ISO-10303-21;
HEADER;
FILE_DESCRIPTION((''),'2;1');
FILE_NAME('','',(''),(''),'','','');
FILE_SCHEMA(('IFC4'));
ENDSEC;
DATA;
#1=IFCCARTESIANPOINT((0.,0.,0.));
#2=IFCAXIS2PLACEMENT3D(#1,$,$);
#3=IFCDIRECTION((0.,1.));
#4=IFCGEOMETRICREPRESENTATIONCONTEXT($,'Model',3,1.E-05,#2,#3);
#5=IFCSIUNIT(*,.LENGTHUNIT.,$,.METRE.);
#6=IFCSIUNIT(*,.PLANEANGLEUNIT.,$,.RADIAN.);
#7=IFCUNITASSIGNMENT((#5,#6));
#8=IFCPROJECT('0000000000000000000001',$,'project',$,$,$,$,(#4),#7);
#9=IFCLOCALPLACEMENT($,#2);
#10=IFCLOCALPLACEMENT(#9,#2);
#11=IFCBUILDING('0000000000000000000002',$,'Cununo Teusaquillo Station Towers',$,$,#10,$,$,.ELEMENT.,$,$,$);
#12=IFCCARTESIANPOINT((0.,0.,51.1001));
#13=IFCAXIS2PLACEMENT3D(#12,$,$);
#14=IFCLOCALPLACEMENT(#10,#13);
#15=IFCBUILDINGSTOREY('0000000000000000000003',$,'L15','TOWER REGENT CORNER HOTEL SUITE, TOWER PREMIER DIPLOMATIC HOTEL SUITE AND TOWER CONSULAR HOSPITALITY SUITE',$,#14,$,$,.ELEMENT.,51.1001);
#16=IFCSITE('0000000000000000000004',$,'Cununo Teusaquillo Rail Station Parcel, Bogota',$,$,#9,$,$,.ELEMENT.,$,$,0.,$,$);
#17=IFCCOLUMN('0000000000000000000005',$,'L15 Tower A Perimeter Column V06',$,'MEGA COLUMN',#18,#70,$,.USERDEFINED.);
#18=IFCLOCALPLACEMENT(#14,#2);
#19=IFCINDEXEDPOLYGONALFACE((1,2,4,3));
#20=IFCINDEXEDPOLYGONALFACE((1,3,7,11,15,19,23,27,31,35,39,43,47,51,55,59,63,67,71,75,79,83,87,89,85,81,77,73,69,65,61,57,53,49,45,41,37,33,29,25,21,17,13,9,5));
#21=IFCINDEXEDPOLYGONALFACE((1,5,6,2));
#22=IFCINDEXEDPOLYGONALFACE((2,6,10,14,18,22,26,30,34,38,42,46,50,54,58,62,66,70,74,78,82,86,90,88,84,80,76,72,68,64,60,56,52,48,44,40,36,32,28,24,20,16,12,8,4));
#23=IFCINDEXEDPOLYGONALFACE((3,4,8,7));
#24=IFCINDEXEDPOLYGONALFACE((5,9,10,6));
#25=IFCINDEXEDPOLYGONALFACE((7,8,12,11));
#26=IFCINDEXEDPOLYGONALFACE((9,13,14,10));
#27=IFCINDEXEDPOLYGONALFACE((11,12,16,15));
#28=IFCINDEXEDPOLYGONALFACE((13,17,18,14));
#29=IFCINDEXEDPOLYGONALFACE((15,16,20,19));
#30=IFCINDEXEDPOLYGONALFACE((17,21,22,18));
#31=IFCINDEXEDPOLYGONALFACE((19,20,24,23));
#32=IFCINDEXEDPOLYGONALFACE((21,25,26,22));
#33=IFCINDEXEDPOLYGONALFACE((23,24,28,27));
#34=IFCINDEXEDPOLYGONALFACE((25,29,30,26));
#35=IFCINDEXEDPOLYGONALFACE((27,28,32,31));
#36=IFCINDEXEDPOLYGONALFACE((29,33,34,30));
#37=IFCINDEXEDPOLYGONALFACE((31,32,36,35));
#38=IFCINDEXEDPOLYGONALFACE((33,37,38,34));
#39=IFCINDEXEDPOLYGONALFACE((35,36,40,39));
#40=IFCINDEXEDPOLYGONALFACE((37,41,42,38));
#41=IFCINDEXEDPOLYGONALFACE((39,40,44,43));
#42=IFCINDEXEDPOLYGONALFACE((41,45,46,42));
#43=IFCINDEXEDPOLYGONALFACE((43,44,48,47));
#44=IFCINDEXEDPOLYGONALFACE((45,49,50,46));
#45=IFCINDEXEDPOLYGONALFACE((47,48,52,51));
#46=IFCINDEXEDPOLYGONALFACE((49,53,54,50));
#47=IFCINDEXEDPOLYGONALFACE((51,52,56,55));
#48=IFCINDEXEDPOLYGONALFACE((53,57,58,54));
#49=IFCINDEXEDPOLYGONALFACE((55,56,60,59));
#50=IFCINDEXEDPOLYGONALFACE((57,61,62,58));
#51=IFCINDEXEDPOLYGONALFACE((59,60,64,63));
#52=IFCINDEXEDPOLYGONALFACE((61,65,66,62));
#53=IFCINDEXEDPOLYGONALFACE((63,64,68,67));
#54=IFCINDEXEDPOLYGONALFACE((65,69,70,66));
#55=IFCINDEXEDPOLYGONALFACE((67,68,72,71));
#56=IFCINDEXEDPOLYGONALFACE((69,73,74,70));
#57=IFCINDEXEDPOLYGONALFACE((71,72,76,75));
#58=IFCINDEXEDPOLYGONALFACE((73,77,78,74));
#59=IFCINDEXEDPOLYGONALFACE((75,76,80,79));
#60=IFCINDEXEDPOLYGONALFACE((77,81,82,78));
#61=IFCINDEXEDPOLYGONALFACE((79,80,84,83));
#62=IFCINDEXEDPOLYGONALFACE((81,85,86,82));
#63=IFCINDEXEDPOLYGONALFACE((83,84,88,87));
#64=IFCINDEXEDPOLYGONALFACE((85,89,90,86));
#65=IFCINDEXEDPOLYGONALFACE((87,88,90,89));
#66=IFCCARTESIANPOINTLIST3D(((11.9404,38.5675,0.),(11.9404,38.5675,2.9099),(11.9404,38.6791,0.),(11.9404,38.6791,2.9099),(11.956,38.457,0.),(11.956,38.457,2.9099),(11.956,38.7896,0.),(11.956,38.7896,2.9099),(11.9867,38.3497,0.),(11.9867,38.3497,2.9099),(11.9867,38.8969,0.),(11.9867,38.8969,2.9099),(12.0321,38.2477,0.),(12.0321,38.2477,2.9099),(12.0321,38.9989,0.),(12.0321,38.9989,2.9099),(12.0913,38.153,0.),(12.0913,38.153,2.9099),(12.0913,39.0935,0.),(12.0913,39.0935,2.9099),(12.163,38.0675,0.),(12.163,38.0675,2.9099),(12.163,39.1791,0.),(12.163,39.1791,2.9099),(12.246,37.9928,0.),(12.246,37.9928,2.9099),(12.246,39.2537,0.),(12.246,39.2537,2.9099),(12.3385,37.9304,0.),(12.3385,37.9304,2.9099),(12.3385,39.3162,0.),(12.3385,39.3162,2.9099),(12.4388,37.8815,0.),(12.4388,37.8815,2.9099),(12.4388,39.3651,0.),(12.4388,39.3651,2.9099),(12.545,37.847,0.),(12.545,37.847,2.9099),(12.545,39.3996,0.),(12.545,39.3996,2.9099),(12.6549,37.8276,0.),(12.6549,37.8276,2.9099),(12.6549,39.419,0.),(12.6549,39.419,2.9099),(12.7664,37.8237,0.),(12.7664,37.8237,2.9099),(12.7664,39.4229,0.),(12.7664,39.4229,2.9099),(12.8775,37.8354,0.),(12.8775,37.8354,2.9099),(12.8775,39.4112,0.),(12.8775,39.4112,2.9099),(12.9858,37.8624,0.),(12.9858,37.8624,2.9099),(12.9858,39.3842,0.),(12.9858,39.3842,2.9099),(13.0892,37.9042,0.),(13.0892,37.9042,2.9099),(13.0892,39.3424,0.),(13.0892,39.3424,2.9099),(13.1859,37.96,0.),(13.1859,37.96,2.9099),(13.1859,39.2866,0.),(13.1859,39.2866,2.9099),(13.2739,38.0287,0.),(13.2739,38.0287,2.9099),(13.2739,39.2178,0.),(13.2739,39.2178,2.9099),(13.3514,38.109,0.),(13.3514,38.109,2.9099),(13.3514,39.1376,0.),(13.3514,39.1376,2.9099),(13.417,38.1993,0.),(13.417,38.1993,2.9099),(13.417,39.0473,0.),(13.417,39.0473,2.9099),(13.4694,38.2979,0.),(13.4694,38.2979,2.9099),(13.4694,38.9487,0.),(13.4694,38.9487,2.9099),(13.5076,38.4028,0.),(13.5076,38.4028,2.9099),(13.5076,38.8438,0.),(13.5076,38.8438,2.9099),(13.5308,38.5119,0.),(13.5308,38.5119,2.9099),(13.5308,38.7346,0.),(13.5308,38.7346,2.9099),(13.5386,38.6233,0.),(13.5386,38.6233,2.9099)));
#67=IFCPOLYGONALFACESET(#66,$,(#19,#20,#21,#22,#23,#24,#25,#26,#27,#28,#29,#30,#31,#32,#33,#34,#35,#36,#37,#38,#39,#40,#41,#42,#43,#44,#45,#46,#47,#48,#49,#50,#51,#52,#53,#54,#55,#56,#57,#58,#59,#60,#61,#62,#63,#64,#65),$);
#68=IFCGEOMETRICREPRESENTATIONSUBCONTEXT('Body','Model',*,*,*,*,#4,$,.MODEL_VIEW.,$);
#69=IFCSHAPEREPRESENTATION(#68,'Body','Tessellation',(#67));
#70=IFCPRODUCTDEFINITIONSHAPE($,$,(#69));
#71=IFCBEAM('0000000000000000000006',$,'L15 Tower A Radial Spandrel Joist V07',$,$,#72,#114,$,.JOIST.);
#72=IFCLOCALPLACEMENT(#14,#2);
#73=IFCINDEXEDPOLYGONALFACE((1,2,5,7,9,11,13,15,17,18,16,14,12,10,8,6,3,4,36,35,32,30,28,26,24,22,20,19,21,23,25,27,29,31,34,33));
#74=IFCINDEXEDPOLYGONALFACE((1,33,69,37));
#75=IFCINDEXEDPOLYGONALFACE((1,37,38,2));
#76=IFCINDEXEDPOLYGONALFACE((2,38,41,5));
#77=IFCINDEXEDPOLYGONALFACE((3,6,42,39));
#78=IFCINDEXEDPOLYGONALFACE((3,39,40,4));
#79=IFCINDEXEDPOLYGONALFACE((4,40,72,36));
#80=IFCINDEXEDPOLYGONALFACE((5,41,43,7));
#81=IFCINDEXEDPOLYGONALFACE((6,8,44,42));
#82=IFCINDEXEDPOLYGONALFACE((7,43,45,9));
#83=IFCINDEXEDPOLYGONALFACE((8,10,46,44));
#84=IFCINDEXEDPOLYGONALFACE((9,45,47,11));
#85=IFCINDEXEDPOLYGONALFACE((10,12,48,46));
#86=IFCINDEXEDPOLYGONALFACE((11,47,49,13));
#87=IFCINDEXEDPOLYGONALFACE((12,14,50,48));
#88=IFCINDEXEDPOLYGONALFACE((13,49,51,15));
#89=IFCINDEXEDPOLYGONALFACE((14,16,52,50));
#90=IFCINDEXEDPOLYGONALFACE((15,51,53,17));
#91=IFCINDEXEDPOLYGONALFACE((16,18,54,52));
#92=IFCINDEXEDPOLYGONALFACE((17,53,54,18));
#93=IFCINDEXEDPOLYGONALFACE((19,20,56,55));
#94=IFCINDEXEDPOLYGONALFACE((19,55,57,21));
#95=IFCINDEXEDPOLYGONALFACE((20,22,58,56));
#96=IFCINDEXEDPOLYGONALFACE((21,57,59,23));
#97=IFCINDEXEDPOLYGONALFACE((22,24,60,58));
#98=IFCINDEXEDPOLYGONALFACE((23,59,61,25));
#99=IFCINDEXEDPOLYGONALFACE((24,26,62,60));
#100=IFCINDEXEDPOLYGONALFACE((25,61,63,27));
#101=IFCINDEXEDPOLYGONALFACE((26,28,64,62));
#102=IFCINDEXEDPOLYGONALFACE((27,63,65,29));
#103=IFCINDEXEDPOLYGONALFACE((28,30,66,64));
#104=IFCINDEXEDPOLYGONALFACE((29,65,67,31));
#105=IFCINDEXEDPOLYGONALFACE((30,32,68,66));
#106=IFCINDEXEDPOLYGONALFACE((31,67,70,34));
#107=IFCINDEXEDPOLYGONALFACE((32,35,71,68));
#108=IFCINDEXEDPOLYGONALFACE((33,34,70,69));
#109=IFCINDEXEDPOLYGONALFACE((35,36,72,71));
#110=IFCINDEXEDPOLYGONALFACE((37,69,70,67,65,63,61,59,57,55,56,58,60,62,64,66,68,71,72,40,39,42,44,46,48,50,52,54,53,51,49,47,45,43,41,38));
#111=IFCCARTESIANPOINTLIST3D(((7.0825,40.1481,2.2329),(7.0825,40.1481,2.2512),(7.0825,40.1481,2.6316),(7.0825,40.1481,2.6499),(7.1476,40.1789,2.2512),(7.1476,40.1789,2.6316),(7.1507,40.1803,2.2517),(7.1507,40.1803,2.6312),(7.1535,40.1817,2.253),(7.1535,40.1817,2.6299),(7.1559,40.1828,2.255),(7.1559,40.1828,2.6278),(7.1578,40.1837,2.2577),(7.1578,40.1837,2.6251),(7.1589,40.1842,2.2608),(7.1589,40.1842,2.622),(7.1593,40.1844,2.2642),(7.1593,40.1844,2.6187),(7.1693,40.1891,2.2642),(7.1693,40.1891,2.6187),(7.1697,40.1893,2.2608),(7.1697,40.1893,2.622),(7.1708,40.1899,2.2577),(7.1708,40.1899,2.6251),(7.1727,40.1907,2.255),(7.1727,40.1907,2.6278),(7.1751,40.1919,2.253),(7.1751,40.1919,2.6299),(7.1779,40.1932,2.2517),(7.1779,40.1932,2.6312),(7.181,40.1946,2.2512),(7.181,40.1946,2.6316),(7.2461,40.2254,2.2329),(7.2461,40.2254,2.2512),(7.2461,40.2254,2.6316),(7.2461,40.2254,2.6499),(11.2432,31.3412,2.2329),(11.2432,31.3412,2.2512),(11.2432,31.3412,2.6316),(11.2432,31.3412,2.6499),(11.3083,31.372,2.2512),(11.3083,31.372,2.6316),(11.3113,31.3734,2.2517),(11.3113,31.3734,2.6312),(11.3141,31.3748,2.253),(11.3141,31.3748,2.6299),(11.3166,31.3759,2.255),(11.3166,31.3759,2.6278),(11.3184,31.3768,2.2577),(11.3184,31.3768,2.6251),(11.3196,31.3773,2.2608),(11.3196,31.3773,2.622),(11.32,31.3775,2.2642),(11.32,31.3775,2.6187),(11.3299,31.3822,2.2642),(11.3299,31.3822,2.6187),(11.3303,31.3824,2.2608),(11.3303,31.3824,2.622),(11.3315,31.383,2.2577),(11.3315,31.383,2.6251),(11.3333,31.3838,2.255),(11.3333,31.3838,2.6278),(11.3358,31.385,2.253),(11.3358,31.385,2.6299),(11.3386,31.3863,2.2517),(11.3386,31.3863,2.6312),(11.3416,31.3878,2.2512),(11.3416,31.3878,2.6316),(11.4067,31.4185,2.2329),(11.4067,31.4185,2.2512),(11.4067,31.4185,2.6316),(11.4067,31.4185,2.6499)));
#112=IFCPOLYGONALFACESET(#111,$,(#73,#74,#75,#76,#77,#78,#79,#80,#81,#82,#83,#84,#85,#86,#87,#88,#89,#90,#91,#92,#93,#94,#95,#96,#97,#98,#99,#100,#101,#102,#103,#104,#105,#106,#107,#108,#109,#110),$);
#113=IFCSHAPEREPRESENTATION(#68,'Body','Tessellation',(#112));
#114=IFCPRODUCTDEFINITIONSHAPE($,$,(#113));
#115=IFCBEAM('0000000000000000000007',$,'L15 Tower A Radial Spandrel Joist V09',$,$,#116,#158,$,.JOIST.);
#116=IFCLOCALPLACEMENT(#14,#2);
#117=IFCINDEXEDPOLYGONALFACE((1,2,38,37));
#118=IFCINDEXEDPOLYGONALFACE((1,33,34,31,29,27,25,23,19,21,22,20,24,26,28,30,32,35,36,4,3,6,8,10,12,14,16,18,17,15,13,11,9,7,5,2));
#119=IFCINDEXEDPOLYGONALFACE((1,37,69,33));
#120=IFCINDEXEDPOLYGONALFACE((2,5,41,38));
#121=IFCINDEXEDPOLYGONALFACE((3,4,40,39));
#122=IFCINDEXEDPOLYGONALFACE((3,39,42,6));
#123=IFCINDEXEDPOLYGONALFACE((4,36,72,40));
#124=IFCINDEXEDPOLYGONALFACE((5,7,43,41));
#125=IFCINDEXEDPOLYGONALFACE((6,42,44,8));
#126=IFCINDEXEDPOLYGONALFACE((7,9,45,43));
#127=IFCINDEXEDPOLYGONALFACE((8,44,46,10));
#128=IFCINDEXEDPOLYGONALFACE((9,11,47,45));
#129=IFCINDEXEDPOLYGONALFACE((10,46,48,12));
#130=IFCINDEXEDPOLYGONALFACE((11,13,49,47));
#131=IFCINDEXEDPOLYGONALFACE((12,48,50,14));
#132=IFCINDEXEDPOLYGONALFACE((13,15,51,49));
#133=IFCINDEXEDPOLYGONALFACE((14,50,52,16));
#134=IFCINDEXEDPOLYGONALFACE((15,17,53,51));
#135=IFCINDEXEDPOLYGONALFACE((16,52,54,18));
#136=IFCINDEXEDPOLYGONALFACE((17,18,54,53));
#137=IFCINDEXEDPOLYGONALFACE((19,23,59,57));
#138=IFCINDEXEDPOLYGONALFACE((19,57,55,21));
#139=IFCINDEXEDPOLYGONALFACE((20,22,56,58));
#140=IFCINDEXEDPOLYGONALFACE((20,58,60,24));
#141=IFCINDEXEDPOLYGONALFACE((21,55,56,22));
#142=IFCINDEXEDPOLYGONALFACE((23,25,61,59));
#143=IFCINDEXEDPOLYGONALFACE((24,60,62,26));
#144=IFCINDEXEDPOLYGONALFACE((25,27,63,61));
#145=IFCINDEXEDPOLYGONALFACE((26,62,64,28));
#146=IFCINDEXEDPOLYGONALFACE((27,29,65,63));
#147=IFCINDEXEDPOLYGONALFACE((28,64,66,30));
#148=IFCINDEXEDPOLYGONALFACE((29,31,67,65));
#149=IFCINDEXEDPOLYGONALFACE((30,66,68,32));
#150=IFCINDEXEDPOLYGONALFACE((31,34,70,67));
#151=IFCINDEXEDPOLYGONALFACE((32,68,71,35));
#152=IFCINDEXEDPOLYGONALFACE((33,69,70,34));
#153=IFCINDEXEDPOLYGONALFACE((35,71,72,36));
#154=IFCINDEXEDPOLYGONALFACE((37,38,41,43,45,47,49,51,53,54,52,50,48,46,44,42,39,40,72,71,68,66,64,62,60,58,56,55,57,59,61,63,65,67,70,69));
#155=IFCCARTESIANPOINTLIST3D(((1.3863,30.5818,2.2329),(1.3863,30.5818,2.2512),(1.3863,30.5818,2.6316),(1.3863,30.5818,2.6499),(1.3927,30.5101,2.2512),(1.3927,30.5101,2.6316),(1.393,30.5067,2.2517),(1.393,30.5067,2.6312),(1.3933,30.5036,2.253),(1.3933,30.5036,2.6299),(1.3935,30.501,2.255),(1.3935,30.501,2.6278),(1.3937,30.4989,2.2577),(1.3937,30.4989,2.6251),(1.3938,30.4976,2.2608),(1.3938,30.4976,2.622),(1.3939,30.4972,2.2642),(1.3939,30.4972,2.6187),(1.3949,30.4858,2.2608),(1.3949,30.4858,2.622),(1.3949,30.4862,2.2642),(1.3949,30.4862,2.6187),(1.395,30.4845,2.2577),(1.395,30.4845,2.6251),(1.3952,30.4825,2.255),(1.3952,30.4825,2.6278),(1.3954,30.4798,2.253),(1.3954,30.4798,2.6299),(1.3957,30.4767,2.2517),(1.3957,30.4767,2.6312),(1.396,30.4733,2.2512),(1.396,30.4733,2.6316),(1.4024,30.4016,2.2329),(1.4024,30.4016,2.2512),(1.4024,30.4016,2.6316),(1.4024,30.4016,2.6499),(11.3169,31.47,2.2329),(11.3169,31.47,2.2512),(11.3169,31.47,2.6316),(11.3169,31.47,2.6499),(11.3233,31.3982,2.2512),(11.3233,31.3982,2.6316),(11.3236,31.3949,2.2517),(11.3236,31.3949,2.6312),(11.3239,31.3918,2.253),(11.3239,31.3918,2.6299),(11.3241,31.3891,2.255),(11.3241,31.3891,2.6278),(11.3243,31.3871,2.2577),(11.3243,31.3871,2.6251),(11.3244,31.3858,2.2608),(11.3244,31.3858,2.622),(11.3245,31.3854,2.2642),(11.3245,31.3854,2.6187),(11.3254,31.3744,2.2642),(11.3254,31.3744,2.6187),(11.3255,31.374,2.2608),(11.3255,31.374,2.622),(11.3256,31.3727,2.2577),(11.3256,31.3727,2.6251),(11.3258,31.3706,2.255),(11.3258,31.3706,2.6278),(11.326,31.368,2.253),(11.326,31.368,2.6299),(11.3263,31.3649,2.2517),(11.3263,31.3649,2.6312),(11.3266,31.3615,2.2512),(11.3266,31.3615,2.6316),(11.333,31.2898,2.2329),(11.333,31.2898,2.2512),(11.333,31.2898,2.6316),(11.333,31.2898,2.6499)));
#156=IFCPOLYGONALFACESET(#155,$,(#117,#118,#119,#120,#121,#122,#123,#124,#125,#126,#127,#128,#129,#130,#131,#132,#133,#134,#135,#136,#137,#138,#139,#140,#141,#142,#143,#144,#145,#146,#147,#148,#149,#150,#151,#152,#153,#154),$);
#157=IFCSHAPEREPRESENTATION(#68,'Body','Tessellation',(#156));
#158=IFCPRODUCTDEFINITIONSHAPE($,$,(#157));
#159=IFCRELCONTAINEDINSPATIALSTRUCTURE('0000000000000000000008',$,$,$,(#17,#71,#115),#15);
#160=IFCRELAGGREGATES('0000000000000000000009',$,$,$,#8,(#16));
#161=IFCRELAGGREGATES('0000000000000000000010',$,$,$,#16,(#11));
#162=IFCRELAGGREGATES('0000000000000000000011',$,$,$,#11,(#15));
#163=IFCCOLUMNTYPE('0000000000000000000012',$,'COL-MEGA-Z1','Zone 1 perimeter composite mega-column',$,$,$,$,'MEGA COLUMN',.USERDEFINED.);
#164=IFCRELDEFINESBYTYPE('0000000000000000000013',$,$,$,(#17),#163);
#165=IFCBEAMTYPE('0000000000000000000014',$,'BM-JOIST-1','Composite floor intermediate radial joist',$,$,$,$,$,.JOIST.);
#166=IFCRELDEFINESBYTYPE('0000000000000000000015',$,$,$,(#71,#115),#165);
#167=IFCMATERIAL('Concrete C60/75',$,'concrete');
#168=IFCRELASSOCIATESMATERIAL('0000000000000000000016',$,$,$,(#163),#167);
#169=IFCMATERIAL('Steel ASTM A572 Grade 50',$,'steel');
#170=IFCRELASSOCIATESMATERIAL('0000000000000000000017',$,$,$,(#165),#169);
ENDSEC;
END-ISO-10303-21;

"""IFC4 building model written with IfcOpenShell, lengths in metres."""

from ifc_helpers import new_model, si_unit, direction, frame, origin, origin_2d, place, context, subcontext, project, spatial, circle, i_section, extrude, material, material_profile, profile_set, type_object, element, save


model = new_model("IFC4")

# Units and contexts
model_context = context("Model", 3, precision=1e-05, world=origin(), true_north=direction((0.0, 1.0)))
body_context = subcontext(model_context, "Body", "Model", "MODEL_VIEW")
ifc_project = project(units=[si_unit("LENGTHUNIT", "METRE"), si_unit("PLANEANGLEUNIT", "RADIAN")], contexts=[model_context])

# Site, building, storey
site_placement = place(None, origin())
site = spatial("IfcSite", under=ifc_project, at=site_placement, Name="Cununo Teusaquillo Rail Station Parcel, Bogota", CompositionType="ELEMENT", RefElevation=0.0)
building_placement = place(site_placement, origin())
building = spatial("IfcBuilding", under=site, at=building_placement, Name="Cununo Teusaquillo Station Towers", CompositionType="ELEMENT")
storey_placement = place(building_placement, frame((0.0, 0.0, 51.1001)))
storey = spatial("IfcBuildingStorey", under=building, at=storey_placement, Name="L15", Description="TOWER REGENT CORNER HOTEL SUITE, TOWER PREMIER DIPLOMATIC HOTEL SUITE AND TOWER CONSULAR HOSPITALITY SUITE", CompositionType="ELEMENT", Elevation=51.1001)

# Column
ifc_material_1 = material(Name="Concrete C60/75", Category="concrete")
ifc_material_profile_1 = material_profile(ifc_material_1, circle(Radius=0.8, at=origin_2d()), Name="RC-CIRC-1600")
ifc_profile_set_1 = profile_set([ifc_material_profile_1], Name="Concrete C60/75")
column_type = type_object("IfcColumnType", Name="COL-MEGA-Z1", Description="Zone 1 perimeter composite mega-column", ElementType="MEGA COLUMN", PredefinedType="USERDEFINED", material=ifc_profile_set_1)
column_placement = place(storey_placement, frame((12.7385, 38.6233, 0.0), z_axis=(0.0, 0.0, 1.0), x_axis=(1.0, 0.0, 0.0)))
element("IfcColumn", 1, at=column_placement, inside=storey, type_object=column_type, Name="L15 Tower A Perimeter Column V06", ObjectType="MEGA COLUMN", PredefinedType="USERDEFINED", context=body_context, shape_type="SweptSolid", body=[
    extrude(circle(Radius=0.8, at=origin_2d()), origin(), (0.0, 0.0, 1.0), 2.9099),
])

# Beams
ifc_material_2 = material(Name="Steel ASTM A572 Grade 50", Category="steel")
ifc_material_profile_2 = material_profile(ifc_material_2, i_section(OverallWidth=0.1809, OverallDepth=0.417, WebThickness=0.011, FlangeThickness=0.0183, FilletRadius=0.0129, at=origin_2d()), Name="W16X57")
ifc_profile_set_2 = profile_set([ifc_material_profile_2], Name="Steel ASTM A572 Grade 50")
beam_type_1 = type_object("IfcBeamType", Name="BM-JOIST-1", Description="Composite floor intermediate radial joist", PredefinedType="JOIST", material=ifc_profile_set_2)
beam_1_placement = place(storey_placement, frame((11.325, 31.3799, 2.4414), z_axis=(-0.427161, 0.904176, 0.0), x_axis=(-0.904176, -0.427161, 0.0)))
element("IfcBeam", 2, at=beam_1_placement, inside=storey, type_object=beam_type_1, Name="L15 Tower A Radial Spandrel Joist V07", PredefinedType="JOIST", context=body_context, shape_type="SweptSolid", body=[
    extrude(i_section(OverallWidth=0.1809, OverallDepth=0.417, WebThickness=0.011, FlangeThickness=0.0183, FilletRadius=0.0129, at=origin_2d()), origin(), (0.0, 0.0, 1.0), 9.7402),
])
beam_2_placement = place(storey_placement, frame((11.325, 31.3799, 2.4414), z_axis=(-0.996024, -0.089083, 0.0), x_axis=(0.089083, -0.996024, 0.0)))
element("IfcBeam", 3, at=beam_2_placement, inside=storey, type_object=beam_type_1, Name="L15 Tower A Radial Spandrel Joist V09", PredefinedType="JOIST", context=body_context, shape_type="SweptSolid", body=[
    extrude(i_section(OverallWidth=0.1809, OverallDepth=0.417, WebThickness=0.011, FlangeThickness=0.0183, FilletRadius=0.0129, at=origin_2d()), origin(), (0.0, 0.0, 1.0), 9.9702),
])

save(model, "model.ifc")
